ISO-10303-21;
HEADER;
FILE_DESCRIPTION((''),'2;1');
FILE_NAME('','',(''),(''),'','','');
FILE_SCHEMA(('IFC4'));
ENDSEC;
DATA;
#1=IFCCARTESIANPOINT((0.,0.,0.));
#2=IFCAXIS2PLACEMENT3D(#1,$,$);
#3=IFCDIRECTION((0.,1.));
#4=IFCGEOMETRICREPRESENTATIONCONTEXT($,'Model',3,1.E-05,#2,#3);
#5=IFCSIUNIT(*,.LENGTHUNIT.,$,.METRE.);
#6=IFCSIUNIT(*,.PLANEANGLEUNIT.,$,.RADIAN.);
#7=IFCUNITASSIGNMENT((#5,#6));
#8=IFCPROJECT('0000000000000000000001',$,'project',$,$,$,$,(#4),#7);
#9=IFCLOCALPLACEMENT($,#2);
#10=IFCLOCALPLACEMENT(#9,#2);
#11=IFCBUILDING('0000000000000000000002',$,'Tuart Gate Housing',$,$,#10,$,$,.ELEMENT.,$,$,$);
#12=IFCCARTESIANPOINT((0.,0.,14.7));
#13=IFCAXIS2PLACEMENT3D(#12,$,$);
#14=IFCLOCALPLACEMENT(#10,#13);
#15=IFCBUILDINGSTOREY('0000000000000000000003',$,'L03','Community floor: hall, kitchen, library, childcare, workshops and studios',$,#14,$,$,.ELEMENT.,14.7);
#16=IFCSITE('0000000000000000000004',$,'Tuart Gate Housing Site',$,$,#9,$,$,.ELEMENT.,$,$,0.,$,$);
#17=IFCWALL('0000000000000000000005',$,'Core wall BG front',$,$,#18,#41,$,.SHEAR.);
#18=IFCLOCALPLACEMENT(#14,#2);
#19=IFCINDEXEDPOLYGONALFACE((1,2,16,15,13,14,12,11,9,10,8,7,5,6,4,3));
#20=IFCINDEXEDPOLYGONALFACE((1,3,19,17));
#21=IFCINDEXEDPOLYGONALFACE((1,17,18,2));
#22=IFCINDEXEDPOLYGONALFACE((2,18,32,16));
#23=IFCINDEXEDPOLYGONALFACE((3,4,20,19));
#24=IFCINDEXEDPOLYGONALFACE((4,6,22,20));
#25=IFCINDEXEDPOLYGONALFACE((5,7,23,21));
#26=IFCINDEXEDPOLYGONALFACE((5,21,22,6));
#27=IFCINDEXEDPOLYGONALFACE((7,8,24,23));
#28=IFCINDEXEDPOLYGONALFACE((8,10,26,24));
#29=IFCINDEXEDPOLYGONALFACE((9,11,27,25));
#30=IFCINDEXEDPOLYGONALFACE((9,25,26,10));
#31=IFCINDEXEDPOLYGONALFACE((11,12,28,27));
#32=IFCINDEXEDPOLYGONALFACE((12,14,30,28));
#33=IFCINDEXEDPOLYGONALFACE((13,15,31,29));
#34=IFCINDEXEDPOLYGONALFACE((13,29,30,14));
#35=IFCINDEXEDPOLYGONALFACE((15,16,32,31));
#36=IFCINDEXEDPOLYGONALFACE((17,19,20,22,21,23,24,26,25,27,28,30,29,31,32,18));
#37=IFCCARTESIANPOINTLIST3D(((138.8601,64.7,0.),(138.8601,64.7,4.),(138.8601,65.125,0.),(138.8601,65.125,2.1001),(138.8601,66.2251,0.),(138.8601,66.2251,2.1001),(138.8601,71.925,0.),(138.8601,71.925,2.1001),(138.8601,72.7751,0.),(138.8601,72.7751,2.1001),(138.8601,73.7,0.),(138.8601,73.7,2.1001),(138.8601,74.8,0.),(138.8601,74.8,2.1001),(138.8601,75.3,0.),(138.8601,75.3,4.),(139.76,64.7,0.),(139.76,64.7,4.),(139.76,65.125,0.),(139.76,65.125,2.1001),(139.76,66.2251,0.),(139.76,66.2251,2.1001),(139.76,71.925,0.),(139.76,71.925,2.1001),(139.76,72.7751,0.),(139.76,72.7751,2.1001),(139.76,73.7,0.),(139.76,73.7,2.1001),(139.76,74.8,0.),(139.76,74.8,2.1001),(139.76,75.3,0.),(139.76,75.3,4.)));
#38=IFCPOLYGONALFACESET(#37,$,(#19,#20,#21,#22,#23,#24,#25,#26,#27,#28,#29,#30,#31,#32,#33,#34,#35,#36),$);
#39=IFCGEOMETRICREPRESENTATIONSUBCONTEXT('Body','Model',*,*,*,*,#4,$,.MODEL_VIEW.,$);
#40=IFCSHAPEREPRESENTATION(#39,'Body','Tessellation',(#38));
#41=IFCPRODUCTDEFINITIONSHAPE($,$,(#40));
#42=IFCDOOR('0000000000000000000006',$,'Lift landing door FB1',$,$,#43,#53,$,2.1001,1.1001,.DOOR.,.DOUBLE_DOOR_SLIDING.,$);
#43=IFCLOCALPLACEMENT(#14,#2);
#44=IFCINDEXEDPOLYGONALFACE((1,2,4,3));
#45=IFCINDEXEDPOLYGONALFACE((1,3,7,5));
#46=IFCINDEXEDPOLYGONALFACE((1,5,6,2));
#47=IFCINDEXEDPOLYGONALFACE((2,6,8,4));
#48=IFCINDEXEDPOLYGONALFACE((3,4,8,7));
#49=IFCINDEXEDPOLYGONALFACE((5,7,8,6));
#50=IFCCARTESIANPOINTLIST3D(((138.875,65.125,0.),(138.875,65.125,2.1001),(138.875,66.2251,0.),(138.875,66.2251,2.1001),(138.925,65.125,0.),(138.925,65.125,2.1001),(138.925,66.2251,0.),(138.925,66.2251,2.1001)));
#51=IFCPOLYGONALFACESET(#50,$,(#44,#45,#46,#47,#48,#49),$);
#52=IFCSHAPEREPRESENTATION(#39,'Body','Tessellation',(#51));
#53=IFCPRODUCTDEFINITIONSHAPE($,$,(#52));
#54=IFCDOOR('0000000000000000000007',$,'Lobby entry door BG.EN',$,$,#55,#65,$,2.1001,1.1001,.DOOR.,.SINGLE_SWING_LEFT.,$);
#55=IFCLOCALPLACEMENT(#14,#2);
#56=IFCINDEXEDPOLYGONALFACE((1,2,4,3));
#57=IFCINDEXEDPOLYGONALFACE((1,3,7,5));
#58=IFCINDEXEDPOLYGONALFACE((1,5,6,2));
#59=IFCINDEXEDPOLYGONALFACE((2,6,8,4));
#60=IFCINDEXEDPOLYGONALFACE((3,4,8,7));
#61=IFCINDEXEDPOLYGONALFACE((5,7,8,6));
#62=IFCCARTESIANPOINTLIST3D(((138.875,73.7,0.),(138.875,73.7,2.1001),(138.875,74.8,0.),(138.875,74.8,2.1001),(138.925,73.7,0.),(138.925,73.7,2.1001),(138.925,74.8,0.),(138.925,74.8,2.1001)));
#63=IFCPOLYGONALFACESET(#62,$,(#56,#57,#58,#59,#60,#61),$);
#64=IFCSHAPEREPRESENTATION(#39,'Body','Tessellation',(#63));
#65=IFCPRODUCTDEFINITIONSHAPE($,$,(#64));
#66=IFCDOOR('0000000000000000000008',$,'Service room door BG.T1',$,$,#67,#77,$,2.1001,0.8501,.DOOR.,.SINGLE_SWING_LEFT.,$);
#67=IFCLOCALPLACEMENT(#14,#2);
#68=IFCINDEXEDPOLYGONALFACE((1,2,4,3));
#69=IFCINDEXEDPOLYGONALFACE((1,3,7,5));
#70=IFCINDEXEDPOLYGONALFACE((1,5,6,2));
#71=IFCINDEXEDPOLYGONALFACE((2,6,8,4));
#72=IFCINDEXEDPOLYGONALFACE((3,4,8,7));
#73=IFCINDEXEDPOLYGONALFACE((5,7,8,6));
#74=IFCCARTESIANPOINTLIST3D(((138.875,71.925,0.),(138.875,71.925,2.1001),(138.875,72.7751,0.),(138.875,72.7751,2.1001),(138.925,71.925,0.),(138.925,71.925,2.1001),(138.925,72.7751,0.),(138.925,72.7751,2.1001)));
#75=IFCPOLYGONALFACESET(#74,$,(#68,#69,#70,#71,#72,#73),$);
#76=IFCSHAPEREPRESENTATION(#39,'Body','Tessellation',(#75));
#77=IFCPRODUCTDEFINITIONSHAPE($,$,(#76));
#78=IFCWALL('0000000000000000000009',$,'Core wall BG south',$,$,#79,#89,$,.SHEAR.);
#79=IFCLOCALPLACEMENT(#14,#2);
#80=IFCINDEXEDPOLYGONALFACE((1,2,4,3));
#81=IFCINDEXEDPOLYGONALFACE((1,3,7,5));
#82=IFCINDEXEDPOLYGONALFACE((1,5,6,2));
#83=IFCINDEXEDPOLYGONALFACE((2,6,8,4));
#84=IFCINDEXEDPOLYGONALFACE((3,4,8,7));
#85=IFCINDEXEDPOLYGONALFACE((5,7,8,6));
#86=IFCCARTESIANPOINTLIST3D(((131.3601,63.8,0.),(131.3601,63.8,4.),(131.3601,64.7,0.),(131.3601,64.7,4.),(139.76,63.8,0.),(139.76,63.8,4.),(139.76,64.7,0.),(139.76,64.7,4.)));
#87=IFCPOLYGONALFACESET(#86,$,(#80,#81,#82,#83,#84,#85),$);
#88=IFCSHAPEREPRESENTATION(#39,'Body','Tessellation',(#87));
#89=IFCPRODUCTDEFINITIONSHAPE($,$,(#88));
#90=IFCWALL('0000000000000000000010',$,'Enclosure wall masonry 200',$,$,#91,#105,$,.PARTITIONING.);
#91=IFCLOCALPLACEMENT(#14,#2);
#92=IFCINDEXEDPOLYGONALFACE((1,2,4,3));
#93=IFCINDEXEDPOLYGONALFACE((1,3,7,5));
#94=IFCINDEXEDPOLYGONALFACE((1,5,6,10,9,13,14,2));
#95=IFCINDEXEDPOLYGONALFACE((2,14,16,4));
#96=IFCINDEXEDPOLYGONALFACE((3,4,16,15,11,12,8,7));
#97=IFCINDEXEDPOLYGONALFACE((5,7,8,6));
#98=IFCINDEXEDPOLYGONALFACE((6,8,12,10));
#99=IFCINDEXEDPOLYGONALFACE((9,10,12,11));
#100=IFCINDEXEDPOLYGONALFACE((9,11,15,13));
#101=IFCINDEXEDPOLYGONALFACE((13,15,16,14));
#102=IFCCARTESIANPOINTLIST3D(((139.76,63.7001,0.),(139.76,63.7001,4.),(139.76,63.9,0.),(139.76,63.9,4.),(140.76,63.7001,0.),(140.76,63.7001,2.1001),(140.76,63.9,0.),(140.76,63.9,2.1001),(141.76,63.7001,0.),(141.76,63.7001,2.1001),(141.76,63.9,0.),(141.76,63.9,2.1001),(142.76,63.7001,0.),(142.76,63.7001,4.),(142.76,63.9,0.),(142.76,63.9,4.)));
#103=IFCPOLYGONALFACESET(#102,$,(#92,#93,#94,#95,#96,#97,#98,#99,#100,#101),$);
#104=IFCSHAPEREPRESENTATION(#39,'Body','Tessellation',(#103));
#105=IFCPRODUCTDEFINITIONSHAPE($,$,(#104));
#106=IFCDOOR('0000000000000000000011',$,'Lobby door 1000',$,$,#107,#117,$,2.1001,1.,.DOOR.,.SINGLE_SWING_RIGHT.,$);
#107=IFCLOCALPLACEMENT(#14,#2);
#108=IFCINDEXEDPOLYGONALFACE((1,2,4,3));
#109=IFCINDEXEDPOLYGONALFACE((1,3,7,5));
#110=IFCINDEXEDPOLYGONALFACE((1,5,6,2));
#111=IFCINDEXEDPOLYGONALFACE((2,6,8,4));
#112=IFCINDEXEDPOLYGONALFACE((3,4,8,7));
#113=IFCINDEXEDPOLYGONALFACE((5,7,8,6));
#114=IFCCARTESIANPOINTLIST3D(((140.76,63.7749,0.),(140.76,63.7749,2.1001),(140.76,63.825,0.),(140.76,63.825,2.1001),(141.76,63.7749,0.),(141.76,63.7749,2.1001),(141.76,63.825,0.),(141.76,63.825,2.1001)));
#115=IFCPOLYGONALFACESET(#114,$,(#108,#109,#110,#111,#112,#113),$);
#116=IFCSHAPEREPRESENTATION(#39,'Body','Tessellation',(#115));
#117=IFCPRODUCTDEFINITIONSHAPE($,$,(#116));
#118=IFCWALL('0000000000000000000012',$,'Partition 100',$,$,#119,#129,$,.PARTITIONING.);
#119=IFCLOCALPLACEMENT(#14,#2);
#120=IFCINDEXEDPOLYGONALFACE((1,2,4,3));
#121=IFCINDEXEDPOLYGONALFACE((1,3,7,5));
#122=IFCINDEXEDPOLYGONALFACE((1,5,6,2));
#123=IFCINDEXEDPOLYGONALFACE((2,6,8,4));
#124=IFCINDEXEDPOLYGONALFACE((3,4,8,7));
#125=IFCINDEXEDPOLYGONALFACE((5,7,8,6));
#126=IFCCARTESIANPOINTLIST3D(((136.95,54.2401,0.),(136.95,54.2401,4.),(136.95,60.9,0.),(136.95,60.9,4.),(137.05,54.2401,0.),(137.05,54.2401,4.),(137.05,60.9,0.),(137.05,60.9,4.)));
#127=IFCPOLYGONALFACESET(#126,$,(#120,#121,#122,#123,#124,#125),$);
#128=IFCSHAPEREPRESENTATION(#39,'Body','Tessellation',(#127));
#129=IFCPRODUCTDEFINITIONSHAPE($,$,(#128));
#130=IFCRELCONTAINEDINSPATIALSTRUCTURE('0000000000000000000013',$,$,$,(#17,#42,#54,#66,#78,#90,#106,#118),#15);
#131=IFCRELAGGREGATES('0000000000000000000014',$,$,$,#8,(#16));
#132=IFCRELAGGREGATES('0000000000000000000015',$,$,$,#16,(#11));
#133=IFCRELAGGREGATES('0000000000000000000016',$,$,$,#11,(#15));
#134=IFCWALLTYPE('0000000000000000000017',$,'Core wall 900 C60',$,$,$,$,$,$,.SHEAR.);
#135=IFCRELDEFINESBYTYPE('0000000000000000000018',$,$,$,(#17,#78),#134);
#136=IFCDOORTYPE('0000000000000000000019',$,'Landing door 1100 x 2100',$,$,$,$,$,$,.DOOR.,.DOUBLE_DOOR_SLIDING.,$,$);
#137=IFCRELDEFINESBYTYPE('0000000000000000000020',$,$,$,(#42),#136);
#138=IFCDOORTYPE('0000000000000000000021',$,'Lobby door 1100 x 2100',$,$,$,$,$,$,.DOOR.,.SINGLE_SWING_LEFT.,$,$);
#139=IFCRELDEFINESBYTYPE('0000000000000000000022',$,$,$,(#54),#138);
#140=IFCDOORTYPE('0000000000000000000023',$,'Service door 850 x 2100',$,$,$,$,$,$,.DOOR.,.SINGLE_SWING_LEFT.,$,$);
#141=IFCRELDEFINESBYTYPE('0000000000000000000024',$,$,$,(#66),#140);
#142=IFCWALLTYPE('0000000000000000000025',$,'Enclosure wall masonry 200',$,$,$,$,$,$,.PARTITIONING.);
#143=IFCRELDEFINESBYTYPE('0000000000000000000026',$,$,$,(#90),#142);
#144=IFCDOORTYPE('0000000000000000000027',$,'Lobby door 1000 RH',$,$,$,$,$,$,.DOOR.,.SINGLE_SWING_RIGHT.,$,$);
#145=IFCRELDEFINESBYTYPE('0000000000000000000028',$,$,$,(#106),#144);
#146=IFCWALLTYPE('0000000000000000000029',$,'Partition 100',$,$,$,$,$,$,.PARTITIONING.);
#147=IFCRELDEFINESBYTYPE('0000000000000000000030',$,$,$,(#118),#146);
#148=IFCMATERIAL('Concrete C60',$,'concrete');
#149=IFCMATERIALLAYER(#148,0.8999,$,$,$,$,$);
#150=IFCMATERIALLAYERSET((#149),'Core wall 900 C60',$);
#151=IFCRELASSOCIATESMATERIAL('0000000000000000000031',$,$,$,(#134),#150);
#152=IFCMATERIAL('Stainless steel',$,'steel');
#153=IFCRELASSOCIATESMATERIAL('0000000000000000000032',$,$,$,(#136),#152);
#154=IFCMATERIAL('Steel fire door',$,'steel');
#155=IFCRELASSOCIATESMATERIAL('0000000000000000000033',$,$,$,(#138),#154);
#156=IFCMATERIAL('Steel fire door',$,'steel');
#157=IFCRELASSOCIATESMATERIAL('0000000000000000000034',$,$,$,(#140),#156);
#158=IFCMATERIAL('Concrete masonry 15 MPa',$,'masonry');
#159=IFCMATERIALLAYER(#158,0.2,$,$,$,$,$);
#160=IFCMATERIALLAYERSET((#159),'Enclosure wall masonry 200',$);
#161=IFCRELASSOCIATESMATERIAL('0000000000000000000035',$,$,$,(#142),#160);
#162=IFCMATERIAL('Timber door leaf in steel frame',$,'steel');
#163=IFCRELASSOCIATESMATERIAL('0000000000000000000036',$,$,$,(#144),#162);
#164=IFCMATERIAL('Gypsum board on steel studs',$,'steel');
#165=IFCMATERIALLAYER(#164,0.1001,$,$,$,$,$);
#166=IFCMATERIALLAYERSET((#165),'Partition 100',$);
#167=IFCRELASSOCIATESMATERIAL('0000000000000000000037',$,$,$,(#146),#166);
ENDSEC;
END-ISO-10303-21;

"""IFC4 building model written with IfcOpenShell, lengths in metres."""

from ifc_helpers import new_model, si_unit, direction, frame, frame_2d, origin, place, context, subcontext, project, spatial, rectangle, extrude, material, layer, layer_set, type_object, element, fill, save


model = new_model("IFC4")

# Units and contexts
model_context = context("Model", 3, precision=1e-05, world=origin(), true_north=direction((0.0, 1.0)))
body_context = subcontext(model_context, "Body", "Model", "MODEL_VIEW")
ifc_project = project(units=[si_unit("LENGTHUNIT", "METRE"), si_unit("PLANEANGLEUNIT", "RADIAN")], contexts=[model_context])

# Site, building, storey
site_placement = place(None, origin())
site = spatial("IfcSite", under=ifc_project, at=site_placement, Name="Tuart Gate Housing Site", CompositionType="ELEMENT", RefElevation=0.0)
building_placement = place(site_placement, origin())
building = spatial("IfcBuilding", under=site, at=building_placement, Name="Tuart Gate Housing", CompositionType="ELEMENT")
storey_placement = place(building_placement, frame((0.0, 0.0, 14.7)))
storey = spatial("IfcBuildingStorey", under=building, at=storey_placement, Name="L03", Description="Community floor: hall, kitchen, library, childcare, workshops and studios", CompositionType="ELEMENT", Elevation=14.7)

# Wall, openings, doors
ifc_material_1 = material(Name="Concrete C60", Category="concrete")
ifc_layer_1 = layer(ifc_material_1, 0.8999)
ifc_layer_set_1 = layer_set([ifc_layer_1], Name="Core wall 900 C60")
wall_type_1 = type_object("IfcWallType", Name="Core wall 900 C60", PredefinedType="SHEAR", material=ifc_layer_set_1)
wall_1_placement = place(storey_placement, frame((139.3101, 64.7, 0.0), z_axis=(0.0, 0.0, 1.0), x_axis=(0.0, 1.0, 0.0)))
wall_1 = element("IfcWall", 1, at=wall_1_placement, inside=storey, type_object=wall_type_1, Name="Core wall BG front", PredefinedType="SHEAR", context=body_context, shape_type="SweptSolid", body=[
    extrude(rectangle(XDim=10.6001, YDim=0.8999, at=frame_2d((5.3, 0.0))), origin(), (0.0, 0.0, 1.0), 4.0),
])
opening_1_placement = place(wall_1_placement, frame((0.425, 0.0, 0.0)))
opening_1 = element("IfcOpeningElement", 2, at=opening_1_placement, cuts=wall_1, PredefinedType="OPENING", context=body_context, shape_type="SweptSolid", body=[
    extrude(rectangle(XDim=1.1001, YDim=2.1001, at=frame_2d((0.55, 1.05))), frame((0.0, 0.46, 0.0), z_axis=(0.0, -1.0, 0.0), x_axis=(1.0, 0.0, 0.0)), (0.0, 0.0, 1.0), 0.9199),
])
opening_2_placement = place(wall_1_placement, frame((9.0, 0.0, 0.0)))
opening_2 = element("IfcOpeningElement", 3, at=opening_2_placement, cuts=wall_1, PredefinedType="OPENING", context=body_context, shape_type="SweptSolid", body=[
    extrude(rectangle(XDim=1.1001, YDim=2.1001, at=frame_2d((0.55, 1.05))), frame((0.0, 0.46, 0.0), z_axis=(0.0, -1.0, 0.0), x_axis=(1.0, 0.0, 0.0)), (0.0, 0.0, 1.0), 0.9199),
])
opening_3_placement = place(wall_1_placement, frame((7.2251, 0.0, 0.0)))
opening_3 = element("IfcOpeningElement", 4, at=opening_3_placement, cuts=wall_1, PredefinedType="OPENING", context=body_context, shape_type="SweptSolid", body=[
    extrude(rectangle(XDim=0.8501, YDim=2.1001, at=frame_2d((0.425, 1.05))), frame((0.0, 0.46, 0.0), z_axis=(0.0, -1.0, 0.0), x_axis=(1.0, 0.0, 0.0)), (0.0, 0.0, 1.0), 0.9199),
])
ifc_material_2 = material(Name="Stainless steel", Category="steel")
door_type_1 = type_object("IfcDoorType", Name="Landing door 1100 x 2100", OperationType="DOUBLE_DOOR_SLIDING", PredefinedType="DOOR", material=ifc_material_2)
door_1_placement = place(opening_1_placement, origin())
door_1 = element("IfcDoor", 5, at=door_1_placement, inside=storey, type_object=door_type_1, Name="Lift landing door FB1", OperationType="DOUBLE_DOOR_SLIDING", OverallHeight=2.1001, OverallWidth=1.1001, PredefinedType="DOOR", context=body_context, shape_type="SweptSolid", body=[
    extrude(rectangle(XDim=1.1001, YDim=2.1001, at=frame_2d((0.55, 1.05))), frame((0.0, 0.4351, 0.0), z_axis=(0.0, -1.0, 0.0), x_axis=(1.0, 0.0, 0.0)), (0.0, 0.0, 1.0), 0.05),
])
fill(opening_1, door_1)
ifc_material_3 = material(Name="Steel fire door", Category="steel")
door_type_2 = type_object("IfcDoorType", Name="Lobby door 1100 x 2100", OperationType="SINGLE_SWING_LEFT", PredefinedType="DOOR", material=ifc_material_3)
door_2_placement = place(opening_2_placement, origin())
door_2 = element("IfcDoor", 6, at=door_2_placement, inside=storey, type_object=door_type_2, Name="Lobby entry door BG.EN", OperationType="SINGLE_SWING_LEFT", OverallHeight=2.1001, OverallWidth=1.1001, PredefinedType="DOOR", context=body_context, shape_type="SweptSolid", body=[
    extrude(rectangle(XDim=1.1001, YDim=2.1001, at=frame_2d((0.55, 1.05))), frame((0.0, 0.4351, 0.0), z_axis=(0.0, -1.0, 0.0), x_axis=(1.0, 0.0, 0.0)), (0.0, 0.0, 1.0), 0.05),
])
fill(opening_2, door_2)
ifc_material_4 = material(Name="Steel fire door", Category="steel")
door_type_3 = type_object("IfcDoorType", Name="Service door 850 x 2100", OperationType="SINGLE_SWING_LEFT", PredefinedType="DOOR", material=ifc_material_4)
door_3_placement = place(opening_3_placement, origin())
door_3 = element("IfcDoor", 7, at=door_3_placement, inside=storey, type_object=door_type_3, Name="Service room door BG.T1", OperationType="SINGLE_SWING_LEFT", OverallHeight=2.1001, OverallWidth=0.8501, PredefinedType="DOOR", context=body_context, shape_type="SweptSolid", body=[
    extrude(rectangle(XDim=0.8501, YDim=2.1001, at=frame_2d((0.425, 1.05))), frame((0.0, 0.4351, 0.0), z_axis=(0.0, -1.0, 0.0), x_axis=(1.0, 0.0, 0.0)), (0.0, 0.0, 1.0), 0.05),
])
fill(opening_3, door_3)

# Wall
wall_2_placement = place(storey_placement, frame((139.76, 64.25, 0.0), z_axis=(0.0, 0.0, 1.0), x_axis=(-1.0, 0.0, 0.0)))
element("IfcWall", 8, at=wall_2_placement, inside=storey, type_object=wall_type_1, Name="Core wall BG south", PredefinedType="SHEAR", context=body_context, shape_type="SweptSolid", body=[
    extrude(rectangle(XDim=8.3999, YDim=0.8999, at=frame_2d((4.2, 0.0))), origin(), (0.0, 0.0, 1.0), 4.0),
])

# Wall, opening, door
ifc_material_5 = material(Name="Concrete masonry 15 MPa", Category="masonry")
ifc_layer_2 = layer(ifc_material_5, 0.2)
ifc_layer_set_2 = layer_set([ifc_layer_2], Name="Enclosure wall masonry 200")
wall_type_2 = type_object("IfcWallType", Name="Enclosure wall masonry 200", PredefinedType="PARTITIONING", material=ifc_layer_set_2)
wall_3_placement = place(storey_placement, frame((139.76, 63.8, 0.0), z_axis=(0.0, 0.0, 1.0), x_axis=(1.0, 0.0, 0.0)))
wall_3 = element("IfcWall", 9, at=wall_3_placement, inside=storey, type_object=wall_type_2, Name="Enclosure wall masonry 200", PredefinedType="PARTITIONING", context=body_context, shape_type="SweptSolid", body=[
    extrude(rectangle(XDim=3.0, YDim=0.2, at=frame_2d((1.5, 0.0))), origin(), (0.0, 0.0, 1.0), 4.0),
])
opening_4_placement = place(wall_3_placement, frame((1.0, 0.0, 0.0)))
opening_4 = element("IfcOpeningElement", 10, at=opening_4_placement, cuts=wall_3, PredefinedType="OPENING", context=body_context, shape_type="SweptSolid", body=[
    extrude(rectangle(XDim=1.0, YDim=2.1001, at=frame_2d((0.5, 1.05))), frame((0.0, 0.1099, 0.0), z_axis=(0.0, -1.0, 0.0), x_axis=(1.0, 0.0, 0.0)), (0.0, 0.0, 1.0), 0.22),
])
ifc_material_6 = material(Name="Timber door leaf in steel frame", Category="steel")
door_type_4 = type_object("IfcDoorType", Name="Lobby door 1000 RH", OperationType="SINGLE_SWING_RIGHT", PredefinedType="DOOR", material=ifc_material_6)
door_4_placement = place(opening_4_placement, origin())
door_4 = element("IfcDoor", 11, at=door_4_placement, inside=storey, type_object=door_type_4, Name="Lobby door 1000", OperationType="SINGLE_SWING_RIGHT", OverallHeight=2.1001, OverallWidth=1.0, PredefinedType="DOOR", context=body_context, shape_type="SweptSolid", body=[
    extrude(rectangle(XDim=1.0, YDim=2.1001, at=frame_2d((0.5, 1.05))), frame((0.0, 0.0249, 0.0), z_axis=(0.0, -1.0, 0.0), x_axis=(1.0, 0.0, 0.0)), (0.0, 0.0, 1.0), 0.05),
])
fill(opening_4, door_4)

# Wall
ifc_material_7 = material(Name="Gypsum board on steel studs", Category="steel")
ifc_layer_3 = layer(ifc_material_7, 0.1001)
ifc_layer_set_3 = layer_set([ifc_layer_3], Name="Partition 100")
wall_type_3 = type_object("IfcWallType", Name="Partition 100", PredefinedType="PARTITIONING", material=ifc_layer_set_3)
wall_4_placement = place(storey_placement, frame((137.0, 54.24, 0.0), z_axis=(0.0, 0.0, 1.0), x_axis=(0.0, 1.0, 0.0)))
element("IfcWall", 12, at=wall_4_placement, inside=storey, type_object=wall_type_3, Name="Partition 100", PredefinedType="PARTITIONING", context=body_context, shape_type="SweptSolid", body=[
    extrude(rectangle(XDim=6.6599, YDim=0.1001, at=frame_2d((3.3301, 0.0))), origin(), (0.0, 0.0, 1.0), 4.0),
])

save(model, "model.ifc")
